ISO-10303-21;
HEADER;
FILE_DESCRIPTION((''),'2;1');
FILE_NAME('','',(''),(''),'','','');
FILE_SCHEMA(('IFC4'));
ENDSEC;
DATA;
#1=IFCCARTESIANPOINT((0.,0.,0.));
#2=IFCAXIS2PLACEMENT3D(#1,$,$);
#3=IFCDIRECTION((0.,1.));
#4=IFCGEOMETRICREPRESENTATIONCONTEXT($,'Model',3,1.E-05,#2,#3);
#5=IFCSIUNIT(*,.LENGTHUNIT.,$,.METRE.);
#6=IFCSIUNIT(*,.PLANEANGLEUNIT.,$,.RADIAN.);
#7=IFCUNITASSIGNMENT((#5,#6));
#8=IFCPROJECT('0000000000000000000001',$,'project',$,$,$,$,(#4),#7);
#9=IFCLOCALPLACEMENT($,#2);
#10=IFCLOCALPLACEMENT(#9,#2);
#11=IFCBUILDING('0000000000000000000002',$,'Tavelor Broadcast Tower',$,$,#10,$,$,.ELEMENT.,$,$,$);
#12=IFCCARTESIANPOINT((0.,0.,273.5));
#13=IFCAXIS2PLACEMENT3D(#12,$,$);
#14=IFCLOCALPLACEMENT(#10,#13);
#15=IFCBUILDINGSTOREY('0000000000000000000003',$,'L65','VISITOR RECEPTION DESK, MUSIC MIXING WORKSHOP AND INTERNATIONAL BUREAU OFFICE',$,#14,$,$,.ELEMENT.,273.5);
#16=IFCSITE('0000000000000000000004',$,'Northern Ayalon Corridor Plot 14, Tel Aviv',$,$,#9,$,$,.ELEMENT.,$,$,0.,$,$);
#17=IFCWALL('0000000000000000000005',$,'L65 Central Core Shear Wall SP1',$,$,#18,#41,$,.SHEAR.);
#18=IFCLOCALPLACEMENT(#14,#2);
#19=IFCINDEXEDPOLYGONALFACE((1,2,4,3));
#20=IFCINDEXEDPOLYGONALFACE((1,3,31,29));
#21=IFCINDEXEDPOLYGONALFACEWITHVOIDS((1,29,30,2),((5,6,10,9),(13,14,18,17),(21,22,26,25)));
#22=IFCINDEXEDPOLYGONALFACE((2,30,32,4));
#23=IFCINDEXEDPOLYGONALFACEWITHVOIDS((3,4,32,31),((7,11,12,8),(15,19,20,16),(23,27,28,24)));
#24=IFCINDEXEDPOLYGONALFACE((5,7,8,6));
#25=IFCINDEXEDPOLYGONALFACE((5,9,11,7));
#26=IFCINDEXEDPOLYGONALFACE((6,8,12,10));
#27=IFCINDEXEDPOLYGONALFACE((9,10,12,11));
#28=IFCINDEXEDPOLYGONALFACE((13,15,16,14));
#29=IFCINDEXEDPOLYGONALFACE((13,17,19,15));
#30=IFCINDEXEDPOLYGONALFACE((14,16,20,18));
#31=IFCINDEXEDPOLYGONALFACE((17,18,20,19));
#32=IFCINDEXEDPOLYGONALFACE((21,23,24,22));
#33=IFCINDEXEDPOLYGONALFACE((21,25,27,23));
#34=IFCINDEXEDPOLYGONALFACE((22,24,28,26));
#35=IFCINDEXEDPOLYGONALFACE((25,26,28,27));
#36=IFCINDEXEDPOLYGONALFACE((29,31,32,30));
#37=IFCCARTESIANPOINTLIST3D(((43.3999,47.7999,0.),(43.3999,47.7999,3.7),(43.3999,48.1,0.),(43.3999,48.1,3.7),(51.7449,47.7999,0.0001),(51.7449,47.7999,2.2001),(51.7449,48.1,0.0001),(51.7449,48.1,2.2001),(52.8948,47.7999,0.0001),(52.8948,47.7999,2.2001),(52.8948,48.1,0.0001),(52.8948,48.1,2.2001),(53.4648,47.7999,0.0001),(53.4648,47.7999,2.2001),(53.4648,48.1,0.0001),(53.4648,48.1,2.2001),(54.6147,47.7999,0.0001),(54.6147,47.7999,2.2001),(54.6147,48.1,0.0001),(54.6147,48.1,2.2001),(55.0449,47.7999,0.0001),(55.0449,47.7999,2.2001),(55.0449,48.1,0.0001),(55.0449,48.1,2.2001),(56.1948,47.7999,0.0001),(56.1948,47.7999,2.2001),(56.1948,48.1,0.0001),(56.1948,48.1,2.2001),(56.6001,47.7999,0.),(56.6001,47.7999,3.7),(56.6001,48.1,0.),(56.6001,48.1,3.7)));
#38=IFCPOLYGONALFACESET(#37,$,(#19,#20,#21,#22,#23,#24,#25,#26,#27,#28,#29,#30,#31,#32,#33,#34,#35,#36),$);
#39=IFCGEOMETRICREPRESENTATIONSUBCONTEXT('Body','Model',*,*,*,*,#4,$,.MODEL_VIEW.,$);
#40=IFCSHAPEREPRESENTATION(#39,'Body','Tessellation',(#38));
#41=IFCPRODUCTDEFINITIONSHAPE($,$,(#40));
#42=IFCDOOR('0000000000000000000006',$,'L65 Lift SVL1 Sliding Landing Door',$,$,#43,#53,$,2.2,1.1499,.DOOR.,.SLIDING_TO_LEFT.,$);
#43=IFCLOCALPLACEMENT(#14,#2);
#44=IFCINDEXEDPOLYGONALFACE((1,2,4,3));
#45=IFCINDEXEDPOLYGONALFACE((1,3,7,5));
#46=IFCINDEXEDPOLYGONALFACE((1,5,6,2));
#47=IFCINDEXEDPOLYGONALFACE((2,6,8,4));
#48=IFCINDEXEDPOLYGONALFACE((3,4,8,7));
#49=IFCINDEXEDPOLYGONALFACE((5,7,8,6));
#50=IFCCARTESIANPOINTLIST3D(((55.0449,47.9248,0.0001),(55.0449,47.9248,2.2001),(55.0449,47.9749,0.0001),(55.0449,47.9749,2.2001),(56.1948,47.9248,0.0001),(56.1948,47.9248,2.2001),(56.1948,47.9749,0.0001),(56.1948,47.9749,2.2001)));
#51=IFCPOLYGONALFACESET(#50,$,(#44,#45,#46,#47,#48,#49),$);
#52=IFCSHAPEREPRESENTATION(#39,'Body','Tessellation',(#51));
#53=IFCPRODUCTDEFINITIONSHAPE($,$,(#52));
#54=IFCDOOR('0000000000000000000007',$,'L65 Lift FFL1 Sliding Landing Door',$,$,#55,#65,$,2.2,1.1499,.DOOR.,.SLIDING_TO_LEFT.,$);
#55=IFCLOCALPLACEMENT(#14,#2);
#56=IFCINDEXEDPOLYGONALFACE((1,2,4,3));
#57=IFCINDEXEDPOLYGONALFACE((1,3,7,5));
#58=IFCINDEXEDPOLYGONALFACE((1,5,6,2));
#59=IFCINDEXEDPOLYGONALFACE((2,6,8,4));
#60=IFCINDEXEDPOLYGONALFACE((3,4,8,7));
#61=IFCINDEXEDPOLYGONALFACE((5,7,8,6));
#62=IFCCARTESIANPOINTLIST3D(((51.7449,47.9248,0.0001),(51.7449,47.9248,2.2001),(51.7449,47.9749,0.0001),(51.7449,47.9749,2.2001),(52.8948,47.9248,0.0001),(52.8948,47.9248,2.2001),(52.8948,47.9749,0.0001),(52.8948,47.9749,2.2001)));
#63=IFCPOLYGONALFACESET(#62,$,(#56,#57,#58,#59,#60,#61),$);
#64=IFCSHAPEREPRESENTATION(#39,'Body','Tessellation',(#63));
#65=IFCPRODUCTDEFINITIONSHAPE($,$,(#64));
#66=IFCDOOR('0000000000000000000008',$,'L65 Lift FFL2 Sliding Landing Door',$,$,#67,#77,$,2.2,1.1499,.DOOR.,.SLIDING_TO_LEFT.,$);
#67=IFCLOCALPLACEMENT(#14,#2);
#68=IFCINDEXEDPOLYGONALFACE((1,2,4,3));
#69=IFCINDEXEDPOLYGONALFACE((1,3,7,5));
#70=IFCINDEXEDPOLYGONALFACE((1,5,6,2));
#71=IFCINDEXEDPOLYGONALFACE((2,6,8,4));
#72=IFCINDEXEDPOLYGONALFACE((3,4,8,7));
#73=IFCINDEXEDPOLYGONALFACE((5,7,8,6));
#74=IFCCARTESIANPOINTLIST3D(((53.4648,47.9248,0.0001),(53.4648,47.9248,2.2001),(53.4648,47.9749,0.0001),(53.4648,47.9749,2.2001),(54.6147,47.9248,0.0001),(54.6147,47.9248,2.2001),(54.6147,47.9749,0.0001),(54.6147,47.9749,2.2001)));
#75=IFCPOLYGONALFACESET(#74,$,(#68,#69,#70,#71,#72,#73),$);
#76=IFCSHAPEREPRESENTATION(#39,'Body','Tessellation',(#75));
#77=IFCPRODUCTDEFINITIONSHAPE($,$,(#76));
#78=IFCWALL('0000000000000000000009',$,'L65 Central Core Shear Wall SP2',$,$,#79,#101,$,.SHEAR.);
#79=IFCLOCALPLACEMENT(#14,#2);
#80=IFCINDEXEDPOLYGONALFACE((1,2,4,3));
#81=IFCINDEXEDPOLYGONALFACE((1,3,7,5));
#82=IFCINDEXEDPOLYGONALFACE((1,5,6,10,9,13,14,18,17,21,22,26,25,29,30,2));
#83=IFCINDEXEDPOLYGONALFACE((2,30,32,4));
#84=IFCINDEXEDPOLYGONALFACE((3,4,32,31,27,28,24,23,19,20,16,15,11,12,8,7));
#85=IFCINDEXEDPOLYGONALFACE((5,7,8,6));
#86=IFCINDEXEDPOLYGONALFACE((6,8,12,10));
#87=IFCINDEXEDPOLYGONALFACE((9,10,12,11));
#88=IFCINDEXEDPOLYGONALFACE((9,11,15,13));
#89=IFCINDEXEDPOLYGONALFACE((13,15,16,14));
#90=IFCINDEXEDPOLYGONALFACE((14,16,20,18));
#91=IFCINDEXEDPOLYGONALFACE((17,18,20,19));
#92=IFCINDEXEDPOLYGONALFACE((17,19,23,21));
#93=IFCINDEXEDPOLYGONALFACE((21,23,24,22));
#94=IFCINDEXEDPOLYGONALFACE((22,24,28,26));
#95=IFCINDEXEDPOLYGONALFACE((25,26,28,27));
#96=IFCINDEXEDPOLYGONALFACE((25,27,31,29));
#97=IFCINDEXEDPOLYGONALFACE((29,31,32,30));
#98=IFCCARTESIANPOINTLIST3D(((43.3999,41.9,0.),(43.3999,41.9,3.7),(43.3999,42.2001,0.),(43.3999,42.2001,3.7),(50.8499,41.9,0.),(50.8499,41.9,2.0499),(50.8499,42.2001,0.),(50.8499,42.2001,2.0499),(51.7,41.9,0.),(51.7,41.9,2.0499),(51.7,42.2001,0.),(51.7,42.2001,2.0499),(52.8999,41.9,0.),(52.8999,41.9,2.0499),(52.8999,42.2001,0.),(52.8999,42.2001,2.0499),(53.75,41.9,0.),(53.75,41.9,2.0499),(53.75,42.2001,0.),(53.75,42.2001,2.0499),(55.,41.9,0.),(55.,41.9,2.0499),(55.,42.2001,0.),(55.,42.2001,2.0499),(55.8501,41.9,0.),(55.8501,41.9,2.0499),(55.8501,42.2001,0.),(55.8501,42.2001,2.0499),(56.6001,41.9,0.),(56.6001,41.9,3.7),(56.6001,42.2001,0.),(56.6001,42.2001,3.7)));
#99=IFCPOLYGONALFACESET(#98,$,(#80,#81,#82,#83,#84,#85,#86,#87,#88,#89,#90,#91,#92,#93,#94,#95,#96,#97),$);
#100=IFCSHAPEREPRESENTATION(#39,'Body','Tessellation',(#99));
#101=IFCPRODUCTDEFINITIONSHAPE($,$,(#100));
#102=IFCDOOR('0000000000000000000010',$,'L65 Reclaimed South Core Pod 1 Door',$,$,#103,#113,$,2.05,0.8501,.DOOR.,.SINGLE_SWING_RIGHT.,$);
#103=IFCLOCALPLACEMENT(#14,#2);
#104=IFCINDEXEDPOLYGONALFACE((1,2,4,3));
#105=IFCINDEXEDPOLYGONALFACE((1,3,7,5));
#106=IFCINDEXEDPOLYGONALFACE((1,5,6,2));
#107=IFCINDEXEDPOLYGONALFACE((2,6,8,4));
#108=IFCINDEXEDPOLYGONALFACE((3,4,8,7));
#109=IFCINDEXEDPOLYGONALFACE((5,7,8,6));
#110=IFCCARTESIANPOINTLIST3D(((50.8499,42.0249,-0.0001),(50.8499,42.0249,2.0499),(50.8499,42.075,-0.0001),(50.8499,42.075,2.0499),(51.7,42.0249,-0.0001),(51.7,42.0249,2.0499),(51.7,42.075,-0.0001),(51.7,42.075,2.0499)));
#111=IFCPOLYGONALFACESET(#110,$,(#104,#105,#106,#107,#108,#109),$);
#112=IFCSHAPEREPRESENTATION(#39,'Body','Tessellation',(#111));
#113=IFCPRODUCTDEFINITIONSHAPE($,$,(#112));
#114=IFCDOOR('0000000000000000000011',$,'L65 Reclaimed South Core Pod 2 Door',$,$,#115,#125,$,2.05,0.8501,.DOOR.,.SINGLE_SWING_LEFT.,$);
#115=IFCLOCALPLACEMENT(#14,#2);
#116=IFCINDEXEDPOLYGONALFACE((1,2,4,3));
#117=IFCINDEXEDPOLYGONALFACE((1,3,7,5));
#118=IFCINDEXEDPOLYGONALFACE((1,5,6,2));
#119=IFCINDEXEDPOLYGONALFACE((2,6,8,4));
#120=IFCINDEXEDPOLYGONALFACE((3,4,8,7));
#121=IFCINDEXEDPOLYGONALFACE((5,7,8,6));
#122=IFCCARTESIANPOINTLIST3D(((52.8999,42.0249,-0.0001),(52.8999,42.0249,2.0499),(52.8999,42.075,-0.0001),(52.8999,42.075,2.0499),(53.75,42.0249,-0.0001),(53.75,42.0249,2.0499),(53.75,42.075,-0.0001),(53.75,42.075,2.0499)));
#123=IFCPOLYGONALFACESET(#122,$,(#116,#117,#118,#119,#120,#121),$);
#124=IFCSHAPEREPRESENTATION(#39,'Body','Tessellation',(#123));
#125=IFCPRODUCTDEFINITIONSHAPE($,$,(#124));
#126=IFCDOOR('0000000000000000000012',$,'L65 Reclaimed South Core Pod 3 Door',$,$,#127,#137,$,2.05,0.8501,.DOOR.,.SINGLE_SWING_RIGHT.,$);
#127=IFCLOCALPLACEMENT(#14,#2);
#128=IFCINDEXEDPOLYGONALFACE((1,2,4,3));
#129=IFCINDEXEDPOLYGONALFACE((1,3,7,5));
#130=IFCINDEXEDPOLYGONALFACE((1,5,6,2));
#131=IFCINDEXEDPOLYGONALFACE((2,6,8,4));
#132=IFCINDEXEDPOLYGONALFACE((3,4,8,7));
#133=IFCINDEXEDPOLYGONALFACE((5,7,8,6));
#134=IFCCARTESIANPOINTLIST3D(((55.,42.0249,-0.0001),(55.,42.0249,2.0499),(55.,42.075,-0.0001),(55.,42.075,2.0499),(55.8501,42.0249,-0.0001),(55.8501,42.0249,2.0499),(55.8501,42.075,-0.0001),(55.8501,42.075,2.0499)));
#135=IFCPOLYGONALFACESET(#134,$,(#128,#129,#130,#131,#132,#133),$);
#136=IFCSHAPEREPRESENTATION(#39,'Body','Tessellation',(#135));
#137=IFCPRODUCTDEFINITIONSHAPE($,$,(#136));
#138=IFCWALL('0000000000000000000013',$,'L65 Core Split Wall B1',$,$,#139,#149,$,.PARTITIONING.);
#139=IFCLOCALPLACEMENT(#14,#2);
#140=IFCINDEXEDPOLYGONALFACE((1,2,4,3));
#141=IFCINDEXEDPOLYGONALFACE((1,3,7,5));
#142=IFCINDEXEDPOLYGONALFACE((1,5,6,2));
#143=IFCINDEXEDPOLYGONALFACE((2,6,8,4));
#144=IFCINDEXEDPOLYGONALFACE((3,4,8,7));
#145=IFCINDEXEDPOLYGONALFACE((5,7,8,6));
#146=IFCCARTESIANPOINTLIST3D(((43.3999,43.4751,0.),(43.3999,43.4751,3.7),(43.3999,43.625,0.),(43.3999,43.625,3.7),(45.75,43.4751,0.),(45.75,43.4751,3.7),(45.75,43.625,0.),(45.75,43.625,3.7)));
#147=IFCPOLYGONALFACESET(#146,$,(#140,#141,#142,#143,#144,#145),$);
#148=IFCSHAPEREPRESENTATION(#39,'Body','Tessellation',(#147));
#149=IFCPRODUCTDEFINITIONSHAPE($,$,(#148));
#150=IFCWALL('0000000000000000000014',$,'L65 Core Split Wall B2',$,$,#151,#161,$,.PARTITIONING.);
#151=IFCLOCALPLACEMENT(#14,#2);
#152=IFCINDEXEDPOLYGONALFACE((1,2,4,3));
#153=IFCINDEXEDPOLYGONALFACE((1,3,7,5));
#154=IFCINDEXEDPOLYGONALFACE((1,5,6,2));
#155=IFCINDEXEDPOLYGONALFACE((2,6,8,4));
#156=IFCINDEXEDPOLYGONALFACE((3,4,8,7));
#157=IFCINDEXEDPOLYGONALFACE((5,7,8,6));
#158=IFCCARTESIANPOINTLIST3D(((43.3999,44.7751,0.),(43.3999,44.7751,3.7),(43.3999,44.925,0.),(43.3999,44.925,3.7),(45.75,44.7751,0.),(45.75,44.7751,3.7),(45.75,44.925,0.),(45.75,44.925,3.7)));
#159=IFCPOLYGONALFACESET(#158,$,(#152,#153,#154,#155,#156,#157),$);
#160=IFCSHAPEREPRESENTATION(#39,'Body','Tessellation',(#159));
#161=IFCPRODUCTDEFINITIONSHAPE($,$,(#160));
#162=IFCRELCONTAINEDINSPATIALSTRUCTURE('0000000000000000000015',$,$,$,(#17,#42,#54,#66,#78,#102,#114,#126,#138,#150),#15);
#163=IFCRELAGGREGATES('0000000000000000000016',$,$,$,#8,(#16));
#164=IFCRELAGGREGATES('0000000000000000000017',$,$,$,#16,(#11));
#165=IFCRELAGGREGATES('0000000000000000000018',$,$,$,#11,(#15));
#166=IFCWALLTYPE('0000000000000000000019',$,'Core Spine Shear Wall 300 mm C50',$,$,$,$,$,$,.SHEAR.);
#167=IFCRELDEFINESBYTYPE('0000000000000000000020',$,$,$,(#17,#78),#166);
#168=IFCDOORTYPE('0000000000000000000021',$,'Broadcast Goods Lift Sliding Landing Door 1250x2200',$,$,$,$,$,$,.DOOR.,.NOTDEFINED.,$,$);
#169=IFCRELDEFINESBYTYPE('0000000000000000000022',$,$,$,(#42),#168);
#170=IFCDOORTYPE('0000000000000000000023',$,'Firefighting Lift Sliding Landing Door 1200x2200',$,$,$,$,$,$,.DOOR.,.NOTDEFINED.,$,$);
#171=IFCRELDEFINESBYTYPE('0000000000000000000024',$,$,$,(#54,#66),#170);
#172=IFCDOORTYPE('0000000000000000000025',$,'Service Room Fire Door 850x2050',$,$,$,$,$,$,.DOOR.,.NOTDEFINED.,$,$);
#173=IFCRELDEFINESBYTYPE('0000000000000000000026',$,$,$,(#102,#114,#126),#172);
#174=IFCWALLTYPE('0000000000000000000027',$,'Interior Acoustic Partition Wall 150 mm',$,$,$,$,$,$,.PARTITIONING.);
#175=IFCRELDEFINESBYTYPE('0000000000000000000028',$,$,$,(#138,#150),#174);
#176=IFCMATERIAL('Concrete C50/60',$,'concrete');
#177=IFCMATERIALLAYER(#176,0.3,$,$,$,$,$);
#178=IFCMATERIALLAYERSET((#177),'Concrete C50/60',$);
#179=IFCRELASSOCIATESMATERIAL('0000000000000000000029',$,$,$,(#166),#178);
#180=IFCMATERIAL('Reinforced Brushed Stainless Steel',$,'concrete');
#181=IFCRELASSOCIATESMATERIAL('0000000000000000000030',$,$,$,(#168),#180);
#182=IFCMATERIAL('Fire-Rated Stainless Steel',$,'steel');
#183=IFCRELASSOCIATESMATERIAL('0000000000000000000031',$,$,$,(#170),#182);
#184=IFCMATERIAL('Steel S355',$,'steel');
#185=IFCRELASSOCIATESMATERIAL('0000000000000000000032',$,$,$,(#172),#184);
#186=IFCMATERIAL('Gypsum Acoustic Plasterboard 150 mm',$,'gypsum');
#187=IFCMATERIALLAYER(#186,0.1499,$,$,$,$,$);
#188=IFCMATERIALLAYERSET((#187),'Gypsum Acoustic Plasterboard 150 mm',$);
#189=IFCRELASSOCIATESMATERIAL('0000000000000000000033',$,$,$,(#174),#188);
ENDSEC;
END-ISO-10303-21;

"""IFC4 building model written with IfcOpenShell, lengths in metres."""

from ifc_helpers import new_model, si_unit, direction, frame, frame_2d, origin, place, context, subcontext, project, spatial, rectangle, extrude, material, layer, layer_set, type_object, element, fill, save


model = new_model("IFC4")

# Units and contexts
model_context = context("Model", 3, precision=1e-05, world=origin(), true_north=direction((0.0, 1.0)))
body_context = subcontext(model_context, "Body", "Model", "MODEL_VIEW")
ifc_project = project(units=[si_unit("LENGTHUNIT", "METRE"), si_unit("PLANEANGLEUNIT", "RADIAN")], contexts=[model_context])

# Site, building, storey
site_placement = place(None, origin())
site = spatial("IfcSite", under=ifc_project, at=site_placement, Name="Northern Ayalon Corridor Plot 14, Tel Aviv", CompositionType="ELEMENT", RefElevation=0.0)
building_placement = place(site_placement, origin())
building = spatial("IfcBuilding", under=site, at=building_placement, Name="Tavelor Broadcast Tower", CompositionType="ELEMENT")
storey_placement = place(building_placement, frame((0.0, 0.0, 273.5)))
storey = spatial("IfcBuildingStorey", under=building, at=storey_placement, Name="L65", Description="VISITOR RECEPTION DESK, MUSIC MIXING WORKSHOP AND INTERNATIONAL BUREAU OFFICE", CompositionType="ELEMENT", Elevation=273.5)

# Shared definitions
ifc_material_1 = material(Name="Concrete C50/60", Category="concrete")

# Shared definitions
ifc_material_2 = material(Name="Steel S355", Category="steel")

# Walls, openings, doors
ifc_layer_1 = layer(ifc_material_1, 0.3)
ifc_layer_set_1 = layer_set([ifc_layer_1], Name="Concrete C50/60")
wall_type_1 = type_object("IfcWallType", Name="Core Spine Shear Wall 300 mm C50", PredefinedType="SHEAR", material=ifc_layer_set_1)
wall_1_placement = place(storey_placement, frame((43.3999, 47.95, 0.0), z_axis=(0.0, 0.0, 1.0), x_axis=(1.0, 0.0, 0.0)))
wall_1 = element("IfcWall", 1, at=wall_1_placement, inside=storey, type_object=wall_type_1, Name="L65 Central Core Shear Wall SP1", PredefinedType="SHEAR", context=body_context, shape_type="SweptSolid", body=[
    extrude(rectangle(XDim=13.2002, YDim=0.3, at=frame_2d((6.6001, 0.0))), origin(), (0.0, 0.0, 1.0), 3.7),
])
opening_1_placement = place(wall_1_placement, frame((8.345, 0.0, 0.0)))
opening_1 = element("IfcOpeningElement", 2, at=opening_1_placement, cuts=wall_1, PredefinedType="OPENING", context=body_context, shape_type="SweptSolid", body=[
    extrude(rectangle(XDim=1.1499, YDim=2.2, at=frame_2d((0.575, 1.1001))), frame((0.0, 0.1602, 0.0), z_axis=(0.0, -1.0, 0.0), x_axis=(1.0, 0.0, 0.0)), (0.0, 0.0, 1.0), 0.3201),
])
opening_2_placement = place(wall_1_placement, frame((10.0649, 0.0, 0.0)))
opening_2 = element("IfcOpeningElement", 3, at=opening_2_placement, cuts=wall_1, PredefinedType="OPENING", context=body_context, shape_type="SweptSolid", body=[
    extrude(rectangle(XDim=1.1499, YDim=2.2, at=frame_2d((0.575, 1.1001))), frame((0.0, 0.1602, 0.0), z_axis=(0.0, -1.0, 0.0), x_axis=(1.0, 0.0, 0.0)), (0.0, 0.0, 1.0), 0.3201),
])
opening_3_placement = place(wall_1_placement, frame((11.645, 0.0, 0.0)))
opening_3 = element("IfcOpeningElement", 4, at=opening_3_placement, cuts=wall_1, PredefinedType="OPENING", context=body_context, shape_type="SweptSolid", body=[
    extrude(rectangle(XDim=1.1499, YDim=2.2, at=frame_2d((0.575, 1.1001))), frame((0.0, 0.1602, 0.0), z_axis=(0.0, -1.0, 0.0), x_axis=(1.0, 0.0, 0.0)), (0.0, 0.0, 1.0), 0.3201),
])
ifc_material_3 = material(Name="Reinforced Brushed Stainless Steel", Category="concrete")
door_type_1 = type_object("IfcDoorType", Name="Broadcast Goods Lift Sliding Landing Door 1250x2200", OperationType="NOTDEFINED", PredefinedType="DOOR", material=ifc_material_3)
door_1_placement = place(opening_3_placement, origin())
door_1 = element("IfcDoor", 5, at=door_1_placement, inside=storey, type_object=door_type_1, Name="L65 Lift SVL1 Sliding Landing Door", OperationType="SLIDING_TO_LEFT", OverallHeight=2.2, OverallWidth=1.1499, PredefinedType="DOOR", context=body_context, shape_type="SweptSolid", body=[
    extrude(rectangle(XDim=1.1499, YDim=2.2, at=frame_2d((0.575, 1.1001))), frame((0.0, 0.0249, 0.0), z_axis=(0.0, -1.0, 0.0), x_axis=(1.0, 0.0, 0.0)), (0.0, 0.0, 1.0), 0.05),
])
fill(opening_3, door_1)
ifc_material_4 = material(Name="Fire-Rated Stainless Steel", Category="steel")
door_type_2 = type_object("IfcDoorType", Name="Firefighting Lift Sliding Landing Door 1200x2200", OperationType="NOTDEFINED", PredefinedType="DOOR", material=ifc_material_4)
door_2_placement = place(opening_1_placement, origin())
door_2 = element("IfcDoor", 6, at=door_2_placement, inside=storey, type_object=door_type_2, Name="L65 Lift FFL1 Sliding Landing Door", OperationType="SLIDING_TO_LEFT", OverallHeight=2.2, OverallWidth=1.1499, PredefinedType="DOOR", context=body_context, shape_type="SweptSolid", body=[
    extrude(rectangle(XDim=1.1499, YDim=2.2, at=frame_2d((0.575, 1.1001))), frame((0.0, 0.0249, 0.0), z_axis=(0.0, -1.0, 0.0), x_axis=(1.0, 0.0, 0.0)), (0.0, 0.0, 1.0), 0.05),
])
fill(opening_1, door_2)
door_3_placement = place(opening_2_placement, origin())
door_3 = element("IfcDoor", 7, at=door_3_placement, inside=storey, type_object=door_type_2, Name="L65 Lift FFL2 Sliding Landing Door", OperationType="SLIDING_TO_LEFT", OverallHeight=2.2, OverallWidth=1.1499, PredefinedType="DOOR", context=body_context, shape_type="SweptSolid", body=[
    extrude(rectangle(XDim=1.1499, YDim=2.2, at=frame_2d((0.575, 1.1001))), frame((0.0, 0.0249, 0.0), z_axis=(0.0, -1.0, 0.0), x_axis=(1.0, 0.0, 0.0)), (0.0, 0.0, 1.0), 0.05),
])
fill(opening_2, door_3)
wall_2_placement = place(storey_placement, frame((43.3999, 42.05, 0.0), z_axis=(0.0, 0.0, 1.0), x_axis=(1.0, 0.0, 0.0)))
wall_2 = element("IfcWall", 8, at=wall_2_placement, inside=storey, type_object=wall_type_1, Name="L65 Central Core Shear Wall SP2", PredefinedType="SHEAR", context=body_context, shape_type="SweptSolid", body=[
    extrude(rectangle(XDim=13.2002, YDim=0.3, at=frame_2d((6.6001, 0.0))), origin(), (0.0, 0.0, 1.0), 3.7),
])
opening_4_placement = place(wall_2_placement, frame((7.45, 0.0, 0.0)))
opening_4 = element("IfcOpeningElement", 9, at=opening_4_placement, cuts=wall_2, PredefinedType="OPENING", context=body_context, shape_type="SweptSolid", body=[
    extrude(rectangle(XDim=0.8501, YDim=2.05, at=frame_2d((0.425, 1.0249))), frame((0.0, 0.1602, 0.0), z_axis=(0.0, -1.0, 0.0), x_axis=(1.0, 0.0, 0.0)), (0.0, 0.0, 1.0), 0.3201),
])
opening_5_placement = place(wall_2_placement, frame((9.5, 0.0, 0.0)))
opening_5 = element("IfcOpeningElement", 10, at=opening_5_placement, cuts=wall_2, PredefinedType="OPENING", context=body_context, shape_type="SweptSolid", body=[
    extrude(rectangle(XDim=0.8501, YDim=2.05, at=frame_2d((0.425, 1.0249))), frame((0.0, 0.1602, 0.0), z_axis=(0.0, -1.0, 0.0), x_axis=(1.0, 0.0, 0.0)), (0.0, 0.0, 1.0), 0.3201),
])
opening_6_placement = place(wall_2_placement, frame((11.6001, 0.0, 0.0)))
opening_6 = element("IfcOpeningElement", 11, at=opening_6_placement, cuts=wall_2, PredefinedType="OPENING", context=body_context, shape_type="SweptSolid", body=[
    extrude(rectangle(XDim=0.8501, YDim=2.05, at=frame_2d((0.425, 1.0249))), frame((0.0, 0.1602, 0.0), z_axis=(0.0, -1.0, 0.0), x_axis=(1.0, 0.0, 0.0)), (0.0, 0.0, 1.0), 0.3201),
])
door_type_3 = type_object("IfcDoorType", Name="Service Room Fire Door 850x2050", OperationType="NOTDEFINED", PredefinedType="DOOR", material=ifc_material_2)
door_4_placement = place(opening_4_placement, origin())
door_4 = element("IfcDoor", 12, at=door_4_placement, inside=storey, type_object=door_type_3, Name="L65 Reclaimed South Core Pod 1 Door", OperationType="SINGLE_SWING_RIGHT", OverallHeight=2.05, OverallWidth=0.8501, PredefinedType="DOOR", context=body_context, shape_type="SweptSolid", body=[
    extrude(rectangle(XDim=0.8501, YDim=2.05, at=frame_2d((0.425, 1.0249))), frame((0.0, 0.0249, 0.0), z_axis=(0.0, -1.0, 0.0), x_axis=(1.0, 0.0, 0.0)), (0.0, 0.0, 1.0), 0.05),
])
fill(opening_4, door_4)
door_5_placement = place(opening_5_placement, origin())
door_5 = element("IfcDoor", 13, at=door_5_placement, inside=storey, type_object=door_type_3, Name="L65 Reclaimed South Core Pod 2 Door", OperationType="SINGLE_SWING_LEFT", OverallHeight=2.05, OverallWidth=0.8501, PredefinedType="DOOR", context=body_context, shape_type="SweptSolid", body=[
    extrude(rectangle(XDim=0.8501, YDim=2.05, at=frame_2d((0.425, 1.0249))), frame((0.0, 0.0249, 0.0), z_axis=(0.0, -1.0, 0.0), x_axis=(1.0, 0.0, 0.0)), (0.0, 0.0, 1.0), 0.05),
])
fill(opening_5, door_5)
door_6_placement = place(opening_6_placement, origin())
door_6 = element("IfcDoor", 14, at=door_6_placement, inside=storey, type_object=door_type_3, Name="L65 Reclaimed South Core Pod 3 Door", OperationType="SINGLE_SWING_RIGHT", OverallHeight=2.05, OverallWidth=0.8501, PredefinedType="DOOR", context=body_context, shape_type="SweptSolid", body=[
    extrude(rectangle(XDim=0.8501, YDim=2.05, at=frame_2d((0.425, 1.0249))), frame((0.0, 0.0249, 0.0), z_axis=(0.0, -1.0, 0.0), x_axis=(1.0, 0.0, 0.0)), (0.0, 0.0, 1.0), 0.05),
])
fill(opening_6, door_6)

# Walls
ifc_material_5 = material(Name="Gypsum Acoustic Plasterboard 150 mm", Category="gypsum")
ifc_layer_2 = layer(ifc_material_5, 0.1499)
ifc_layer_set_2 = layer_set([ifc_layer_2], Name="Gypsum Acoustic Plasterboard 150 mm")
wall_type_2 = type_object("IfcWallType", Name="Interior Acoustic Partition Wall 150 mm", PredefinedType="PARTITIONING", material=ifc_layer_set_2)
for number, where, z_axis, x_axis, name in (
    (15, (43.3999, 43.55, 0.0), (0.0, 0.0, 1.0), (1.0, 0.0, 0.0), "L65 Core Split Wall B1"),
    (16, (43.3999, 44.8501, 0.0), (0.0, 0.0, 1.0), (1.0, 0.0, 0.0), "L65 Core Split Wall B2"),
):
    element("IfcWall", number, at=place(storey_placement, frame(where, z_axis=z_axis, x_axis=x_axis)), inside=storey, type_object=wall_type_2, Name=name, PredefinedType="PARTITIONING", context=body_context, shape_type="SweptSolid", body=[
        extrude(rectangle(XDim=2.3501, YDim=0.1499, at=frame_2d((1.175, 0.0))), origin(), (0.0, 0.0, 1.0), 3.7),
    ])

save(model, "model.ifc")
